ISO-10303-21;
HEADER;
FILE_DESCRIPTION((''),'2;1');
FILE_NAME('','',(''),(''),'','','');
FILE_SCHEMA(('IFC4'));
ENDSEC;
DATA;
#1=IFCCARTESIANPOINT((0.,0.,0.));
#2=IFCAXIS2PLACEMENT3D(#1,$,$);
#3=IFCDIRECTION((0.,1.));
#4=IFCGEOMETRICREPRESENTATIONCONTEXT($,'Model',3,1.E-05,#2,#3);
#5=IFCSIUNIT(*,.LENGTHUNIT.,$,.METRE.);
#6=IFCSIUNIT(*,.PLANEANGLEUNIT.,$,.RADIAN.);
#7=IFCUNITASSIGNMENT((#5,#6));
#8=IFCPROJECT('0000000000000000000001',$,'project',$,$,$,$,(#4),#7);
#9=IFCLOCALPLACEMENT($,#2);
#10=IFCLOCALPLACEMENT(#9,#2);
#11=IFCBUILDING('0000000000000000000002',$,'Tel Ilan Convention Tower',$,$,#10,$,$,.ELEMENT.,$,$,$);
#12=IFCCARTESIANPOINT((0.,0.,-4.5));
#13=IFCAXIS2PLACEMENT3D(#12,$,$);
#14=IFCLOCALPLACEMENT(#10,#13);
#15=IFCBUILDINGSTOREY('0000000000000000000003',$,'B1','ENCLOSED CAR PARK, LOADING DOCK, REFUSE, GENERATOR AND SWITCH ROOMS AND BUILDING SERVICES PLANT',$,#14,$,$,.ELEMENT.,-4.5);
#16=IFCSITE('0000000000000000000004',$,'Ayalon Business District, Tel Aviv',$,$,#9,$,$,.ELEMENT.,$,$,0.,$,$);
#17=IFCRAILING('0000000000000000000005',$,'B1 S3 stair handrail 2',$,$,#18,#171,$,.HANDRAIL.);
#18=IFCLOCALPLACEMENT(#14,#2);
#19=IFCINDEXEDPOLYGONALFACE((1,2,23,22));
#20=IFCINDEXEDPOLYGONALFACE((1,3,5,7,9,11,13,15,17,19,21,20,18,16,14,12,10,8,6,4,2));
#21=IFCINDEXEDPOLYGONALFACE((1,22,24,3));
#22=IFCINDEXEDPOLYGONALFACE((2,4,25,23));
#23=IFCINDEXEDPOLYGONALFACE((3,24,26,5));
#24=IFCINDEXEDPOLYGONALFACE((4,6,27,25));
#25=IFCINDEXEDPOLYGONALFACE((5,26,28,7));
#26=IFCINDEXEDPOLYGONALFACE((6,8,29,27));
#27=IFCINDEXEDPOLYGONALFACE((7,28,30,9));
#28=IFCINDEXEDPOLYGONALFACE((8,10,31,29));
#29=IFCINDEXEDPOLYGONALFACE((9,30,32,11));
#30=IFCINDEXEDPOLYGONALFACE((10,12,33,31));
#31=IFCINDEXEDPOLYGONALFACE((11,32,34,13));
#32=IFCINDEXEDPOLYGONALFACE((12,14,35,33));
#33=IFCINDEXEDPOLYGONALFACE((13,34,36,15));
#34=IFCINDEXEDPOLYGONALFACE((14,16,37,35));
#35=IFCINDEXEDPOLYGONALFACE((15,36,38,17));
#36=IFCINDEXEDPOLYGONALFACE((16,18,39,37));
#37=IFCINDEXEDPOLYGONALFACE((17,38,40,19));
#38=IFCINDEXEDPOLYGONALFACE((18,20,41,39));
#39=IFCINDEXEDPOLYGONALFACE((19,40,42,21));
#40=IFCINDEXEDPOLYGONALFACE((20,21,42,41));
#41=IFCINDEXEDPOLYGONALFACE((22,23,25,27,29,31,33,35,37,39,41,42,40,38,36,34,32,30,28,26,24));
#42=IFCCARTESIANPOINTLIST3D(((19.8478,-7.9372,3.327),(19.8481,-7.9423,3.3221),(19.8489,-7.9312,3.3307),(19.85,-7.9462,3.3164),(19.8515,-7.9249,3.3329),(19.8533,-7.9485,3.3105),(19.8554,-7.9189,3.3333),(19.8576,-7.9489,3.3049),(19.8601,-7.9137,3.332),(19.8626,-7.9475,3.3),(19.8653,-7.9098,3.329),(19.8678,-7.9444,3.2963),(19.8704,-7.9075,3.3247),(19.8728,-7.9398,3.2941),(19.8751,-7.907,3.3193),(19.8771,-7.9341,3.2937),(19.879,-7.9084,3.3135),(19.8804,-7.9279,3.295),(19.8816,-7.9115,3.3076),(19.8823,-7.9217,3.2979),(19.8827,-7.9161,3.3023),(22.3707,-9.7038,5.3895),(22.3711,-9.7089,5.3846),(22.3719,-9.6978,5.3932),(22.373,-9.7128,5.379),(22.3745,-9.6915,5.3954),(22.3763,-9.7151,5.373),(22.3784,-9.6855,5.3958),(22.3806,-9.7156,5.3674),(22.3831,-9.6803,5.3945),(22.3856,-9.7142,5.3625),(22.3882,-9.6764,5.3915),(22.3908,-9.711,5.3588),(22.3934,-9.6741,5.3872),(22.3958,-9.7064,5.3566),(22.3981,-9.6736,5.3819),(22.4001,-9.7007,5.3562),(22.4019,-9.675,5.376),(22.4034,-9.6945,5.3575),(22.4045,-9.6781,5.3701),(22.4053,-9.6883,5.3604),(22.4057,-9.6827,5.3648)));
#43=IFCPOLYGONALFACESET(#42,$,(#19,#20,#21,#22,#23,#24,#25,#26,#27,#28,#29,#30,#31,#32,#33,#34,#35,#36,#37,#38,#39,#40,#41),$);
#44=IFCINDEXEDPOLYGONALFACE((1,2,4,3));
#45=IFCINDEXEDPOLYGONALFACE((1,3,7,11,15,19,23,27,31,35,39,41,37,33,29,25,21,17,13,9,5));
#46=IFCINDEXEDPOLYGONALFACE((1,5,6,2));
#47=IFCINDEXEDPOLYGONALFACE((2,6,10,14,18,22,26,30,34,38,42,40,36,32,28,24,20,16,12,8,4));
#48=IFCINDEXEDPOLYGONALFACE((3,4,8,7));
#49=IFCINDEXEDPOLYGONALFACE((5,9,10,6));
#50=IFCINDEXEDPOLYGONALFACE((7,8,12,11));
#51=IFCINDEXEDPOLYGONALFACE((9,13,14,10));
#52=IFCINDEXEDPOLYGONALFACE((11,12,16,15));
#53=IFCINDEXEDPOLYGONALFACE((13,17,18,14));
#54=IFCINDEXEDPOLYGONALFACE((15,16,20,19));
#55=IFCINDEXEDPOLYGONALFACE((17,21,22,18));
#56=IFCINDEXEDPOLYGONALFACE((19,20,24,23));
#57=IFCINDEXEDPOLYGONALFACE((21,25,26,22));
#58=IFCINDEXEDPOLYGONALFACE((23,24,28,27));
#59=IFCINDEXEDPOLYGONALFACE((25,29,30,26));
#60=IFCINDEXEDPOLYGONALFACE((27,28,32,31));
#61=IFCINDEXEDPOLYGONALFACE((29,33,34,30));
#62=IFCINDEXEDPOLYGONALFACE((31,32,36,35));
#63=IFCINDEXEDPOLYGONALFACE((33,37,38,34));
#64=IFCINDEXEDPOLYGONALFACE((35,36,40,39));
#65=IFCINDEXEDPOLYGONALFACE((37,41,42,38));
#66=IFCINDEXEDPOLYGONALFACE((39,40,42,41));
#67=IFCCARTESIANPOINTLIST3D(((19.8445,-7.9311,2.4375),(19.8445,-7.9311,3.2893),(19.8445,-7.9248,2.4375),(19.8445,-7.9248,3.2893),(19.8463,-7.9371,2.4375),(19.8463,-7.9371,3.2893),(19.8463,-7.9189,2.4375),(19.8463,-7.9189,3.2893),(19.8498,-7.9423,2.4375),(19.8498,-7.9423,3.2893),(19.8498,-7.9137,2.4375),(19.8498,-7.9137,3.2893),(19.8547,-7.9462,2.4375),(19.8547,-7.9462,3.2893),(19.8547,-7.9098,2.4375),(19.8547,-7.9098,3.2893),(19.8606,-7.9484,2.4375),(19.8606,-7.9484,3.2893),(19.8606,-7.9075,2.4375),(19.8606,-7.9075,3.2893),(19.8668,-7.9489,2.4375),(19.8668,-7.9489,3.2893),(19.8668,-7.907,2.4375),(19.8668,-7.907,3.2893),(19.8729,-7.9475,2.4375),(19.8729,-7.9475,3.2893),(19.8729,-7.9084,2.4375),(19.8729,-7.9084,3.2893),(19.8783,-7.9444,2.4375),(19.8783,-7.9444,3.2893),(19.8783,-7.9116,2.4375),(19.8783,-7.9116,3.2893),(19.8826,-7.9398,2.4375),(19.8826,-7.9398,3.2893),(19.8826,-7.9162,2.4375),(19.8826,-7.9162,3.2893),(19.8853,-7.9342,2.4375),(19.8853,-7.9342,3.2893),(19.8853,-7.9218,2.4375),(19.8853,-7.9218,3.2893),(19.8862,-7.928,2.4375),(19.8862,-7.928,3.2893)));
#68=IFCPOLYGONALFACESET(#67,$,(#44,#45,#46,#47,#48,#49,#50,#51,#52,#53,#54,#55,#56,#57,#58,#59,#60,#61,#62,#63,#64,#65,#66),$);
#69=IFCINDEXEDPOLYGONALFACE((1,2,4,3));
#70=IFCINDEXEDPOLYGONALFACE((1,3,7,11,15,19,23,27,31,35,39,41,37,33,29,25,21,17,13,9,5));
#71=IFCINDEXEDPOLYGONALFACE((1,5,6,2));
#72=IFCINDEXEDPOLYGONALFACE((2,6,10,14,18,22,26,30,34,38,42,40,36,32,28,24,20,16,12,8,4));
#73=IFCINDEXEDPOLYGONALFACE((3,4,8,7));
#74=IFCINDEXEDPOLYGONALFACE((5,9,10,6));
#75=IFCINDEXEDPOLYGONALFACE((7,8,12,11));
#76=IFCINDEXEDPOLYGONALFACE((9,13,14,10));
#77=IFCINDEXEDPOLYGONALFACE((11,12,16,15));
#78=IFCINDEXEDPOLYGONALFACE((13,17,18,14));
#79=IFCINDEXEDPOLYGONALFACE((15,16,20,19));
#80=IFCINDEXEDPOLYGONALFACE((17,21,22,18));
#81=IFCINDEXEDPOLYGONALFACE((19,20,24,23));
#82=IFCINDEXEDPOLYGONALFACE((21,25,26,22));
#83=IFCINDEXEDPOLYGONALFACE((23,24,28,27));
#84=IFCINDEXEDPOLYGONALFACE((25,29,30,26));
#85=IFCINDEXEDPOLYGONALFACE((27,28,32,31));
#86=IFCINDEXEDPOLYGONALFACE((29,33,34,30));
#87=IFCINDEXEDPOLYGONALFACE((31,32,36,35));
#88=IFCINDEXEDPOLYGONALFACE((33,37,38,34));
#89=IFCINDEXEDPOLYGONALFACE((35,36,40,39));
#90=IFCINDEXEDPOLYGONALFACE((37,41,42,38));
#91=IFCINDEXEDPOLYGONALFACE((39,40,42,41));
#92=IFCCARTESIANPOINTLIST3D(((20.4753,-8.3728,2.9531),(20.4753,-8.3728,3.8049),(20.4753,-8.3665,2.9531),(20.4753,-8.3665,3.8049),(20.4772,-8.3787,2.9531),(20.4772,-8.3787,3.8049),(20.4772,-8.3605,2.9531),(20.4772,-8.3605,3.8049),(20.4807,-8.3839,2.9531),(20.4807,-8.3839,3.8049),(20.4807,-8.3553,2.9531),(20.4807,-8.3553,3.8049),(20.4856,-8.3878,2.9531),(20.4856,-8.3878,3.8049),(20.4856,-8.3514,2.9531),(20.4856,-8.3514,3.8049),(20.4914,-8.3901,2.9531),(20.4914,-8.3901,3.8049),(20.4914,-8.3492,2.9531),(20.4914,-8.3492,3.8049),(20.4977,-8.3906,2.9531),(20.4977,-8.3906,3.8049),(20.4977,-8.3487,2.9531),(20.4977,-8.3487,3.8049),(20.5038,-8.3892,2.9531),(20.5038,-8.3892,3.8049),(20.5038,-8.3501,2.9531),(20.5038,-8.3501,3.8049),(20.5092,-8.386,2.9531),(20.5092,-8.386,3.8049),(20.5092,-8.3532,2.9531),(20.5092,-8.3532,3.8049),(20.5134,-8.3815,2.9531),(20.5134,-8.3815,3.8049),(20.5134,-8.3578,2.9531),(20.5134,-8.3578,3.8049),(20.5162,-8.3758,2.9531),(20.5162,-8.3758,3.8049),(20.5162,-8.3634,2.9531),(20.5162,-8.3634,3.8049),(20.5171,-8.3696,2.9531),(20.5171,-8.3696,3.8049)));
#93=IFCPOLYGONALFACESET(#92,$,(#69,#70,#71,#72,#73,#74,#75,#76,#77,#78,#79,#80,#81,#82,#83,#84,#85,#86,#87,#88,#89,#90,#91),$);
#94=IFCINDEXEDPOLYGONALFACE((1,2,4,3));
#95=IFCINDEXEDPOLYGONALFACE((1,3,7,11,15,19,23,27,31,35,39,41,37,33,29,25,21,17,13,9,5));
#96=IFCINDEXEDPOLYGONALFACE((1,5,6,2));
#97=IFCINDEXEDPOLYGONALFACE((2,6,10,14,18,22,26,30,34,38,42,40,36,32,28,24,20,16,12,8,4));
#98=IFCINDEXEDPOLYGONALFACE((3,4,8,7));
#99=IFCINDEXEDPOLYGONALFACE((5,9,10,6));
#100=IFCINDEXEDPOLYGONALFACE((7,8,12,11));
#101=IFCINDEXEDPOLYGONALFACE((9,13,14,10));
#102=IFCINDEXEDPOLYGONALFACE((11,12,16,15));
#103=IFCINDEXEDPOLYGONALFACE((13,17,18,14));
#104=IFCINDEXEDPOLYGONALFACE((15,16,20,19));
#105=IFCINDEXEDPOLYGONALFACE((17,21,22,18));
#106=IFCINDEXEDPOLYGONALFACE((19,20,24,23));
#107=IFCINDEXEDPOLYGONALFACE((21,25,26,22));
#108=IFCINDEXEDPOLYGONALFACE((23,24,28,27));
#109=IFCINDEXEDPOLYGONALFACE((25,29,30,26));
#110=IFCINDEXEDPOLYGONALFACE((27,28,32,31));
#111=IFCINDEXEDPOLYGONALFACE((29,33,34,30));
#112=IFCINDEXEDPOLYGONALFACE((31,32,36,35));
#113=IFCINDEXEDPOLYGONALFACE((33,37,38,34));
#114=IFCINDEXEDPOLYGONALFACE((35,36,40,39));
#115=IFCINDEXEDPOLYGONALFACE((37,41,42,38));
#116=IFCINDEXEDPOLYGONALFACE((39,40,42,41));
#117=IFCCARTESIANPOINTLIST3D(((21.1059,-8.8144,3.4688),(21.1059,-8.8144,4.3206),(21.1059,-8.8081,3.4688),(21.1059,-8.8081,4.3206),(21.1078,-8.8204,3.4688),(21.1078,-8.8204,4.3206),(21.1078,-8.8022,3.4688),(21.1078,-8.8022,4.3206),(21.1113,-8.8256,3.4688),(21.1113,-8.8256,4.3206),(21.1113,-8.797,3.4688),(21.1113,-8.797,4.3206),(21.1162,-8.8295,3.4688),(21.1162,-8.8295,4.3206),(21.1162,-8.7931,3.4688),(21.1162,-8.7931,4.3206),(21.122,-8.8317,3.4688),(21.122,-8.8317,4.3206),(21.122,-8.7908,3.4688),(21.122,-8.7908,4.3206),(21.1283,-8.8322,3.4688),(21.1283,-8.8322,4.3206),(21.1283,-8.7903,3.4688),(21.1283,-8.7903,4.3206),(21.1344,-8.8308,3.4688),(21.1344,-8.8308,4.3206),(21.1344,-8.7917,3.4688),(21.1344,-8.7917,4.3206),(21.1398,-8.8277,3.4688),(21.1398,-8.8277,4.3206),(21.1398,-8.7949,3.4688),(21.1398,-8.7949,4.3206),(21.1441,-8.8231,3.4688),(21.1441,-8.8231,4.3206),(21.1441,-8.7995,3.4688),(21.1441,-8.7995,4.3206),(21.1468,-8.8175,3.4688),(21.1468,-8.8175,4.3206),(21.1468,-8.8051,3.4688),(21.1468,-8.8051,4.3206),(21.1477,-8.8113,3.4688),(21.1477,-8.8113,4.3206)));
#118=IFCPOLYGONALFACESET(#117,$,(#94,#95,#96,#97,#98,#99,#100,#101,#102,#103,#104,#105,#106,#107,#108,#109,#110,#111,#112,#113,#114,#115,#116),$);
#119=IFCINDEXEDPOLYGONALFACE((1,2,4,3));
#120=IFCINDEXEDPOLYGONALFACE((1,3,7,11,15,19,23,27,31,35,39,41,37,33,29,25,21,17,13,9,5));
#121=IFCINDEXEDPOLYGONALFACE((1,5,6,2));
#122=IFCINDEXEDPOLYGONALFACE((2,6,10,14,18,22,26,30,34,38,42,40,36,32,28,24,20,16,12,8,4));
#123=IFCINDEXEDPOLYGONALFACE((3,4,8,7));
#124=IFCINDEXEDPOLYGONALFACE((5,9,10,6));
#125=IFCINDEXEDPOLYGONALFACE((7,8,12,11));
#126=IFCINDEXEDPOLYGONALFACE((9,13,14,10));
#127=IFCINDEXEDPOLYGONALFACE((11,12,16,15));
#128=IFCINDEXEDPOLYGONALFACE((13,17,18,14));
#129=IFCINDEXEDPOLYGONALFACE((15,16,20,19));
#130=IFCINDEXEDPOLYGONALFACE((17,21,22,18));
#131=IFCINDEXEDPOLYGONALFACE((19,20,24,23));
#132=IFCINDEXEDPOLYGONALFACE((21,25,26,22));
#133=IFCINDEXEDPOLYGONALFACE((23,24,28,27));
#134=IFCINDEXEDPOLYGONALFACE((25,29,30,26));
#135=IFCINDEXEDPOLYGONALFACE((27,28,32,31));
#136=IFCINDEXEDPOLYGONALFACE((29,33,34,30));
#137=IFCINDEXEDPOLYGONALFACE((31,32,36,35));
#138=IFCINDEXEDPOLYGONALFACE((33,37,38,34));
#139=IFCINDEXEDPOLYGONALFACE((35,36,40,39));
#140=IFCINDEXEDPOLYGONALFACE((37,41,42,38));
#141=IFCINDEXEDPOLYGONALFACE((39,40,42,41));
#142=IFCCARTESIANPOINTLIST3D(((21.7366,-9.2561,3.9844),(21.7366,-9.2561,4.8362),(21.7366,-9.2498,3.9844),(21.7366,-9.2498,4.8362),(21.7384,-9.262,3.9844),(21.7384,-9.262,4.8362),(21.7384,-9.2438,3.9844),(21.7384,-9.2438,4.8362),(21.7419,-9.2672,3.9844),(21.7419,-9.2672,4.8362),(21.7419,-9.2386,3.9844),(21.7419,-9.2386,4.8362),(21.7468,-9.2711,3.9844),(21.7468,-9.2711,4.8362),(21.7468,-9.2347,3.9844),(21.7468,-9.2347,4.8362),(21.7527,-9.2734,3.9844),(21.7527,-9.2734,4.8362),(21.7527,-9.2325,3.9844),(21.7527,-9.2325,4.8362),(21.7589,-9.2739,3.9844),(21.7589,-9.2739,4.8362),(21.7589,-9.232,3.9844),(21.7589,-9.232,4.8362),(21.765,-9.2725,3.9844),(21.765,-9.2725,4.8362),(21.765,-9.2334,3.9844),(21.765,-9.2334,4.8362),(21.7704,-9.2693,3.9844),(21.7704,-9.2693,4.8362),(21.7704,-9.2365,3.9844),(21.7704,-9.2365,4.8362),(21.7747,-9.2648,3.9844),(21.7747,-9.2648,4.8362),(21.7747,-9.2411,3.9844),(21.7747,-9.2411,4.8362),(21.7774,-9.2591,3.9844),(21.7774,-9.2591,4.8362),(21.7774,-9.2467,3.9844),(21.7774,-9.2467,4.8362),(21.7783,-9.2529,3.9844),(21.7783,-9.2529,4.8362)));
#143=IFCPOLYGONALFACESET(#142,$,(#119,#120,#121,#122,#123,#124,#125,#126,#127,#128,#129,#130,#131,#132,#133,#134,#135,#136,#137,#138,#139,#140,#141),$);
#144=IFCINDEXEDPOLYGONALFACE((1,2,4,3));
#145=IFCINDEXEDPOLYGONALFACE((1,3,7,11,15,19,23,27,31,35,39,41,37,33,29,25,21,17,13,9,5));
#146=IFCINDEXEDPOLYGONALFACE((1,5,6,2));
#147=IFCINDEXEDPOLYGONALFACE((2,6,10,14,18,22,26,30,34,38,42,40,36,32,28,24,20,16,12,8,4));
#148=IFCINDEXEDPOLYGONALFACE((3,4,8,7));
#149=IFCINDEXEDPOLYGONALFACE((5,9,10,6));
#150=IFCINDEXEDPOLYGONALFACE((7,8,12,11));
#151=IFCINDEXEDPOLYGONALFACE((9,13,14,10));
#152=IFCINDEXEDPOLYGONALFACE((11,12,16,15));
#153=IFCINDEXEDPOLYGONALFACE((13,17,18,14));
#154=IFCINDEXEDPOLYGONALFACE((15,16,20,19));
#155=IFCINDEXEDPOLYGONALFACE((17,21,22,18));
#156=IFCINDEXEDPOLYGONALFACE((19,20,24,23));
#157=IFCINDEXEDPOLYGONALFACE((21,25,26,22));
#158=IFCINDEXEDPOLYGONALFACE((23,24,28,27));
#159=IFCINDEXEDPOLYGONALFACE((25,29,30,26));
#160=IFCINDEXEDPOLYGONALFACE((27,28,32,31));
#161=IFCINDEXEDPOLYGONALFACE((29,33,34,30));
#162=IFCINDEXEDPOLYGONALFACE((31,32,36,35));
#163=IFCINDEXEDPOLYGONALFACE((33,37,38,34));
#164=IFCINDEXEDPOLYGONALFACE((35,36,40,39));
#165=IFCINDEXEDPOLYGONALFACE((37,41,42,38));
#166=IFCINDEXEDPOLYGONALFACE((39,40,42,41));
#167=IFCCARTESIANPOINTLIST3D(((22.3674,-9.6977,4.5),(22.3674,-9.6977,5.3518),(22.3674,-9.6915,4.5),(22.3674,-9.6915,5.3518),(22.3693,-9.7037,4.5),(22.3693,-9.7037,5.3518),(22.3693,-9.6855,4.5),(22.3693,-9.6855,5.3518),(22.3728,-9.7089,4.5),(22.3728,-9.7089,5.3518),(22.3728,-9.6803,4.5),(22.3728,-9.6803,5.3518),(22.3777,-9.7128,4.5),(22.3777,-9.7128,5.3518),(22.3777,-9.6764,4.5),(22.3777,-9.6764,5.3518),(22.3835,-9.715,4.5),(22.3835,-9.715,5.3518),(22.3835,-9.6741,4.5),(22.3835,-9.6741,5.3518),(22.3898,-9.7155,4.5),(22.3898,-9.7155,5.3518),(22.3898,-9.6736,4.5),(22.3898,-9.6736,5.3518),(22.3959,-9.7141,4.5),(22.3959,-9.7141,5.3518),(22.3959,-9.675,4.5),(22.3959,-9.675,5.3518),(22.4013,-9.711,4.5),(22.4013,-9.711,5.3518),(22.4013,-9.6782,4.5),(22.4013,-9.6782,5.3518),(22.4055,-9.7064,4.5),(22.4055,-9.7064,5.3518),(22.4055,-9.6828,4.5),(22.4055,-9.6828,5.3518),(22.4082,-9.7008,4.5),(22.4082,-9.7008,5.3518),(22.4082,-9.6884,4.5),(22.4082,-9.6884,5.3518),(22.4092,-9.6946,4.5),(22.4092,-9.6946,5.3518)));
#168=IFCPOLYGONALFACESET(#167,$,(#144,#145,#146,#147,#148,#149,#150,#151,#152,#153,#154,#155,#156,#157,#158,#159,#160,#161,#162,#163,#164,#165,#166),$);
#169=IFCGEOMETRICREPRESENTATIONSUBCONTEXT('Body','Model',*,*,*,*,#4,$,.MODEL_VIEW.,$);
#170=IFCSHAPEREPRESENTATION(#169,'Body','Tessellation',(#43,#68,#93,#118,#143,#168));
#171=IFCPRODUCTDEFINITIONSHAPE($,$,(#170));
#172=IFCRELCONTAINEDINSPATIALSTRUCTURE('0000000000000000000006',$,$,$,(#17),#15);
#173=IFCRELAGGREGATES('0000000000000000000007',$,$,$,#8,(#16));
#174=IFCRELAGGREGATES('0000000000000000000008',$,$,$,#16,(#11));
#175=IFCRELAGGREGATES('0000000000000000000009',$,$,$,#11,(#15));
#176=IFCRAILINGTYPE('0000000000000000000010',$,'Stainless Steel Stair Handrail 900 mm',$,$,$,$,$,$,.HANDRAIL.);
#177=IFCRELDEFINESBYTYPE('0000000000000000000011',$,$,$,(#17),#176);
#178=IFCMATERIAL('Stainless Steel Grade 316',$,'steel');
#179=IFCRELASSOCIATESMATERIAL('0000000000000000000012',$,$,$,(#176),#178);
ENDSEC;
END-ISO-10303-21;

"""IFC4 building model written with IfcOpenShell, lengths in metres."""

from ifc_helpers import new_model, si_unit, direction, frame, origin, origin_2d, place, context, subcontext, project, spatial, circle, extrude, material, type_object, element, save


model = new_model("IFC4")

# Units and contexts
model_context = context("Model", 3, precision=1e-05, world=origin(), true_north=direction((0.0, 1.0)))
body_context = subcontext(model_context, "Body", "Model", "MODEL_VIEW")
ifc_project = project(units=[si_unit("LENGTHUNIT", "METRE"), si_unit("PLANEANGLEUNIT", "RADIAN")], contexts=[model_context])

# Site, building, storey
site_placement = place(None, origin())
site = spatial("IfcSite", under=ifc_project, at=site_placement, Name="Ayalon Business District, Tel Aviv", CompositionType="ELEMENT", RefElevation=0.0)
building_placement = place(site_placement, origin())
building = spatial("IfcBuilding", under=site, at=building_placement, Name="Tel Ilan Convention Tower", CompositionType="ELEMENT")
storey_placement = place(building_placement, frame((0.0, 0.0, -4.5)))
storey = spatial("IfcBuildingStorey", under=building, at=storey_placement, Name="B1", Description="ENCLOSED CAR PARK, LOADING DOCK, REFUSE, GENERATOR AND SWITCH ROOMS AND BUILDING SERVICES PLANT", CompositionType="ELEMENT", Elevation=-4.5)

# Railing
ifc_material_1 = material(Name="Stainless Steel Grade 316", Category="steel")
railing_type_1 = type_object("IfcRailingType", Name="Stainless Steel Stair Handrail 900 mm", PredefinedType="HANDRAIL", material=ifc_material_1)
railing_1_placement = place(storey_placement, frame((19.8652, -7.928, 2.4375)))
element("IfcRailing", 1, at=railing_1_placement, inside=storey, type_object=railing_type_1, Name="B1 S3 stair handrail 2", PredefinedType="HANDRAIL", context=body_context, shape_type="SweptSolid", body=[
    extrude(circle(Radius=0.0239, at=origin_2d()), frame((0.0, 0.0, 0.876), z_axis=(0.680635, -0.476589, 0.556416), x_axis=(0.573579, 0.81915, 0.0)), (0.0, 0.0, 1.0), 3.7068),
    extrude(circle(Radius=0.021, at=origin_2d()), origin(), (0.0, 0.0, 1.0), 0.8518),
    extrude(circle(Radius=0.021, at=origin_2d()), frame((0.6309, -0.4417, 0.5156)), (0.0, 0.0, 1.0), 0.8518),
    extrude(circle(Radius=0.021, at=origin_2d()), frame((1.2615, -0.8833, 1.0312)), (0.0, 0.0, 1.0), 0.8518),
    extrude(circle(Radius=0.021, at=origin_2d()), frame((1.8921, -1.325, 1.5469)), (0.0, 0.0, 1.0), 0.8518),
    extrude(circle(Radius=0.021, at=origin_2d()), frame((2.5229, -1.7666, 2.0625)), (0.0, 0.0, 1.0), 0.8518),
])

save(model, "model.ifc")
